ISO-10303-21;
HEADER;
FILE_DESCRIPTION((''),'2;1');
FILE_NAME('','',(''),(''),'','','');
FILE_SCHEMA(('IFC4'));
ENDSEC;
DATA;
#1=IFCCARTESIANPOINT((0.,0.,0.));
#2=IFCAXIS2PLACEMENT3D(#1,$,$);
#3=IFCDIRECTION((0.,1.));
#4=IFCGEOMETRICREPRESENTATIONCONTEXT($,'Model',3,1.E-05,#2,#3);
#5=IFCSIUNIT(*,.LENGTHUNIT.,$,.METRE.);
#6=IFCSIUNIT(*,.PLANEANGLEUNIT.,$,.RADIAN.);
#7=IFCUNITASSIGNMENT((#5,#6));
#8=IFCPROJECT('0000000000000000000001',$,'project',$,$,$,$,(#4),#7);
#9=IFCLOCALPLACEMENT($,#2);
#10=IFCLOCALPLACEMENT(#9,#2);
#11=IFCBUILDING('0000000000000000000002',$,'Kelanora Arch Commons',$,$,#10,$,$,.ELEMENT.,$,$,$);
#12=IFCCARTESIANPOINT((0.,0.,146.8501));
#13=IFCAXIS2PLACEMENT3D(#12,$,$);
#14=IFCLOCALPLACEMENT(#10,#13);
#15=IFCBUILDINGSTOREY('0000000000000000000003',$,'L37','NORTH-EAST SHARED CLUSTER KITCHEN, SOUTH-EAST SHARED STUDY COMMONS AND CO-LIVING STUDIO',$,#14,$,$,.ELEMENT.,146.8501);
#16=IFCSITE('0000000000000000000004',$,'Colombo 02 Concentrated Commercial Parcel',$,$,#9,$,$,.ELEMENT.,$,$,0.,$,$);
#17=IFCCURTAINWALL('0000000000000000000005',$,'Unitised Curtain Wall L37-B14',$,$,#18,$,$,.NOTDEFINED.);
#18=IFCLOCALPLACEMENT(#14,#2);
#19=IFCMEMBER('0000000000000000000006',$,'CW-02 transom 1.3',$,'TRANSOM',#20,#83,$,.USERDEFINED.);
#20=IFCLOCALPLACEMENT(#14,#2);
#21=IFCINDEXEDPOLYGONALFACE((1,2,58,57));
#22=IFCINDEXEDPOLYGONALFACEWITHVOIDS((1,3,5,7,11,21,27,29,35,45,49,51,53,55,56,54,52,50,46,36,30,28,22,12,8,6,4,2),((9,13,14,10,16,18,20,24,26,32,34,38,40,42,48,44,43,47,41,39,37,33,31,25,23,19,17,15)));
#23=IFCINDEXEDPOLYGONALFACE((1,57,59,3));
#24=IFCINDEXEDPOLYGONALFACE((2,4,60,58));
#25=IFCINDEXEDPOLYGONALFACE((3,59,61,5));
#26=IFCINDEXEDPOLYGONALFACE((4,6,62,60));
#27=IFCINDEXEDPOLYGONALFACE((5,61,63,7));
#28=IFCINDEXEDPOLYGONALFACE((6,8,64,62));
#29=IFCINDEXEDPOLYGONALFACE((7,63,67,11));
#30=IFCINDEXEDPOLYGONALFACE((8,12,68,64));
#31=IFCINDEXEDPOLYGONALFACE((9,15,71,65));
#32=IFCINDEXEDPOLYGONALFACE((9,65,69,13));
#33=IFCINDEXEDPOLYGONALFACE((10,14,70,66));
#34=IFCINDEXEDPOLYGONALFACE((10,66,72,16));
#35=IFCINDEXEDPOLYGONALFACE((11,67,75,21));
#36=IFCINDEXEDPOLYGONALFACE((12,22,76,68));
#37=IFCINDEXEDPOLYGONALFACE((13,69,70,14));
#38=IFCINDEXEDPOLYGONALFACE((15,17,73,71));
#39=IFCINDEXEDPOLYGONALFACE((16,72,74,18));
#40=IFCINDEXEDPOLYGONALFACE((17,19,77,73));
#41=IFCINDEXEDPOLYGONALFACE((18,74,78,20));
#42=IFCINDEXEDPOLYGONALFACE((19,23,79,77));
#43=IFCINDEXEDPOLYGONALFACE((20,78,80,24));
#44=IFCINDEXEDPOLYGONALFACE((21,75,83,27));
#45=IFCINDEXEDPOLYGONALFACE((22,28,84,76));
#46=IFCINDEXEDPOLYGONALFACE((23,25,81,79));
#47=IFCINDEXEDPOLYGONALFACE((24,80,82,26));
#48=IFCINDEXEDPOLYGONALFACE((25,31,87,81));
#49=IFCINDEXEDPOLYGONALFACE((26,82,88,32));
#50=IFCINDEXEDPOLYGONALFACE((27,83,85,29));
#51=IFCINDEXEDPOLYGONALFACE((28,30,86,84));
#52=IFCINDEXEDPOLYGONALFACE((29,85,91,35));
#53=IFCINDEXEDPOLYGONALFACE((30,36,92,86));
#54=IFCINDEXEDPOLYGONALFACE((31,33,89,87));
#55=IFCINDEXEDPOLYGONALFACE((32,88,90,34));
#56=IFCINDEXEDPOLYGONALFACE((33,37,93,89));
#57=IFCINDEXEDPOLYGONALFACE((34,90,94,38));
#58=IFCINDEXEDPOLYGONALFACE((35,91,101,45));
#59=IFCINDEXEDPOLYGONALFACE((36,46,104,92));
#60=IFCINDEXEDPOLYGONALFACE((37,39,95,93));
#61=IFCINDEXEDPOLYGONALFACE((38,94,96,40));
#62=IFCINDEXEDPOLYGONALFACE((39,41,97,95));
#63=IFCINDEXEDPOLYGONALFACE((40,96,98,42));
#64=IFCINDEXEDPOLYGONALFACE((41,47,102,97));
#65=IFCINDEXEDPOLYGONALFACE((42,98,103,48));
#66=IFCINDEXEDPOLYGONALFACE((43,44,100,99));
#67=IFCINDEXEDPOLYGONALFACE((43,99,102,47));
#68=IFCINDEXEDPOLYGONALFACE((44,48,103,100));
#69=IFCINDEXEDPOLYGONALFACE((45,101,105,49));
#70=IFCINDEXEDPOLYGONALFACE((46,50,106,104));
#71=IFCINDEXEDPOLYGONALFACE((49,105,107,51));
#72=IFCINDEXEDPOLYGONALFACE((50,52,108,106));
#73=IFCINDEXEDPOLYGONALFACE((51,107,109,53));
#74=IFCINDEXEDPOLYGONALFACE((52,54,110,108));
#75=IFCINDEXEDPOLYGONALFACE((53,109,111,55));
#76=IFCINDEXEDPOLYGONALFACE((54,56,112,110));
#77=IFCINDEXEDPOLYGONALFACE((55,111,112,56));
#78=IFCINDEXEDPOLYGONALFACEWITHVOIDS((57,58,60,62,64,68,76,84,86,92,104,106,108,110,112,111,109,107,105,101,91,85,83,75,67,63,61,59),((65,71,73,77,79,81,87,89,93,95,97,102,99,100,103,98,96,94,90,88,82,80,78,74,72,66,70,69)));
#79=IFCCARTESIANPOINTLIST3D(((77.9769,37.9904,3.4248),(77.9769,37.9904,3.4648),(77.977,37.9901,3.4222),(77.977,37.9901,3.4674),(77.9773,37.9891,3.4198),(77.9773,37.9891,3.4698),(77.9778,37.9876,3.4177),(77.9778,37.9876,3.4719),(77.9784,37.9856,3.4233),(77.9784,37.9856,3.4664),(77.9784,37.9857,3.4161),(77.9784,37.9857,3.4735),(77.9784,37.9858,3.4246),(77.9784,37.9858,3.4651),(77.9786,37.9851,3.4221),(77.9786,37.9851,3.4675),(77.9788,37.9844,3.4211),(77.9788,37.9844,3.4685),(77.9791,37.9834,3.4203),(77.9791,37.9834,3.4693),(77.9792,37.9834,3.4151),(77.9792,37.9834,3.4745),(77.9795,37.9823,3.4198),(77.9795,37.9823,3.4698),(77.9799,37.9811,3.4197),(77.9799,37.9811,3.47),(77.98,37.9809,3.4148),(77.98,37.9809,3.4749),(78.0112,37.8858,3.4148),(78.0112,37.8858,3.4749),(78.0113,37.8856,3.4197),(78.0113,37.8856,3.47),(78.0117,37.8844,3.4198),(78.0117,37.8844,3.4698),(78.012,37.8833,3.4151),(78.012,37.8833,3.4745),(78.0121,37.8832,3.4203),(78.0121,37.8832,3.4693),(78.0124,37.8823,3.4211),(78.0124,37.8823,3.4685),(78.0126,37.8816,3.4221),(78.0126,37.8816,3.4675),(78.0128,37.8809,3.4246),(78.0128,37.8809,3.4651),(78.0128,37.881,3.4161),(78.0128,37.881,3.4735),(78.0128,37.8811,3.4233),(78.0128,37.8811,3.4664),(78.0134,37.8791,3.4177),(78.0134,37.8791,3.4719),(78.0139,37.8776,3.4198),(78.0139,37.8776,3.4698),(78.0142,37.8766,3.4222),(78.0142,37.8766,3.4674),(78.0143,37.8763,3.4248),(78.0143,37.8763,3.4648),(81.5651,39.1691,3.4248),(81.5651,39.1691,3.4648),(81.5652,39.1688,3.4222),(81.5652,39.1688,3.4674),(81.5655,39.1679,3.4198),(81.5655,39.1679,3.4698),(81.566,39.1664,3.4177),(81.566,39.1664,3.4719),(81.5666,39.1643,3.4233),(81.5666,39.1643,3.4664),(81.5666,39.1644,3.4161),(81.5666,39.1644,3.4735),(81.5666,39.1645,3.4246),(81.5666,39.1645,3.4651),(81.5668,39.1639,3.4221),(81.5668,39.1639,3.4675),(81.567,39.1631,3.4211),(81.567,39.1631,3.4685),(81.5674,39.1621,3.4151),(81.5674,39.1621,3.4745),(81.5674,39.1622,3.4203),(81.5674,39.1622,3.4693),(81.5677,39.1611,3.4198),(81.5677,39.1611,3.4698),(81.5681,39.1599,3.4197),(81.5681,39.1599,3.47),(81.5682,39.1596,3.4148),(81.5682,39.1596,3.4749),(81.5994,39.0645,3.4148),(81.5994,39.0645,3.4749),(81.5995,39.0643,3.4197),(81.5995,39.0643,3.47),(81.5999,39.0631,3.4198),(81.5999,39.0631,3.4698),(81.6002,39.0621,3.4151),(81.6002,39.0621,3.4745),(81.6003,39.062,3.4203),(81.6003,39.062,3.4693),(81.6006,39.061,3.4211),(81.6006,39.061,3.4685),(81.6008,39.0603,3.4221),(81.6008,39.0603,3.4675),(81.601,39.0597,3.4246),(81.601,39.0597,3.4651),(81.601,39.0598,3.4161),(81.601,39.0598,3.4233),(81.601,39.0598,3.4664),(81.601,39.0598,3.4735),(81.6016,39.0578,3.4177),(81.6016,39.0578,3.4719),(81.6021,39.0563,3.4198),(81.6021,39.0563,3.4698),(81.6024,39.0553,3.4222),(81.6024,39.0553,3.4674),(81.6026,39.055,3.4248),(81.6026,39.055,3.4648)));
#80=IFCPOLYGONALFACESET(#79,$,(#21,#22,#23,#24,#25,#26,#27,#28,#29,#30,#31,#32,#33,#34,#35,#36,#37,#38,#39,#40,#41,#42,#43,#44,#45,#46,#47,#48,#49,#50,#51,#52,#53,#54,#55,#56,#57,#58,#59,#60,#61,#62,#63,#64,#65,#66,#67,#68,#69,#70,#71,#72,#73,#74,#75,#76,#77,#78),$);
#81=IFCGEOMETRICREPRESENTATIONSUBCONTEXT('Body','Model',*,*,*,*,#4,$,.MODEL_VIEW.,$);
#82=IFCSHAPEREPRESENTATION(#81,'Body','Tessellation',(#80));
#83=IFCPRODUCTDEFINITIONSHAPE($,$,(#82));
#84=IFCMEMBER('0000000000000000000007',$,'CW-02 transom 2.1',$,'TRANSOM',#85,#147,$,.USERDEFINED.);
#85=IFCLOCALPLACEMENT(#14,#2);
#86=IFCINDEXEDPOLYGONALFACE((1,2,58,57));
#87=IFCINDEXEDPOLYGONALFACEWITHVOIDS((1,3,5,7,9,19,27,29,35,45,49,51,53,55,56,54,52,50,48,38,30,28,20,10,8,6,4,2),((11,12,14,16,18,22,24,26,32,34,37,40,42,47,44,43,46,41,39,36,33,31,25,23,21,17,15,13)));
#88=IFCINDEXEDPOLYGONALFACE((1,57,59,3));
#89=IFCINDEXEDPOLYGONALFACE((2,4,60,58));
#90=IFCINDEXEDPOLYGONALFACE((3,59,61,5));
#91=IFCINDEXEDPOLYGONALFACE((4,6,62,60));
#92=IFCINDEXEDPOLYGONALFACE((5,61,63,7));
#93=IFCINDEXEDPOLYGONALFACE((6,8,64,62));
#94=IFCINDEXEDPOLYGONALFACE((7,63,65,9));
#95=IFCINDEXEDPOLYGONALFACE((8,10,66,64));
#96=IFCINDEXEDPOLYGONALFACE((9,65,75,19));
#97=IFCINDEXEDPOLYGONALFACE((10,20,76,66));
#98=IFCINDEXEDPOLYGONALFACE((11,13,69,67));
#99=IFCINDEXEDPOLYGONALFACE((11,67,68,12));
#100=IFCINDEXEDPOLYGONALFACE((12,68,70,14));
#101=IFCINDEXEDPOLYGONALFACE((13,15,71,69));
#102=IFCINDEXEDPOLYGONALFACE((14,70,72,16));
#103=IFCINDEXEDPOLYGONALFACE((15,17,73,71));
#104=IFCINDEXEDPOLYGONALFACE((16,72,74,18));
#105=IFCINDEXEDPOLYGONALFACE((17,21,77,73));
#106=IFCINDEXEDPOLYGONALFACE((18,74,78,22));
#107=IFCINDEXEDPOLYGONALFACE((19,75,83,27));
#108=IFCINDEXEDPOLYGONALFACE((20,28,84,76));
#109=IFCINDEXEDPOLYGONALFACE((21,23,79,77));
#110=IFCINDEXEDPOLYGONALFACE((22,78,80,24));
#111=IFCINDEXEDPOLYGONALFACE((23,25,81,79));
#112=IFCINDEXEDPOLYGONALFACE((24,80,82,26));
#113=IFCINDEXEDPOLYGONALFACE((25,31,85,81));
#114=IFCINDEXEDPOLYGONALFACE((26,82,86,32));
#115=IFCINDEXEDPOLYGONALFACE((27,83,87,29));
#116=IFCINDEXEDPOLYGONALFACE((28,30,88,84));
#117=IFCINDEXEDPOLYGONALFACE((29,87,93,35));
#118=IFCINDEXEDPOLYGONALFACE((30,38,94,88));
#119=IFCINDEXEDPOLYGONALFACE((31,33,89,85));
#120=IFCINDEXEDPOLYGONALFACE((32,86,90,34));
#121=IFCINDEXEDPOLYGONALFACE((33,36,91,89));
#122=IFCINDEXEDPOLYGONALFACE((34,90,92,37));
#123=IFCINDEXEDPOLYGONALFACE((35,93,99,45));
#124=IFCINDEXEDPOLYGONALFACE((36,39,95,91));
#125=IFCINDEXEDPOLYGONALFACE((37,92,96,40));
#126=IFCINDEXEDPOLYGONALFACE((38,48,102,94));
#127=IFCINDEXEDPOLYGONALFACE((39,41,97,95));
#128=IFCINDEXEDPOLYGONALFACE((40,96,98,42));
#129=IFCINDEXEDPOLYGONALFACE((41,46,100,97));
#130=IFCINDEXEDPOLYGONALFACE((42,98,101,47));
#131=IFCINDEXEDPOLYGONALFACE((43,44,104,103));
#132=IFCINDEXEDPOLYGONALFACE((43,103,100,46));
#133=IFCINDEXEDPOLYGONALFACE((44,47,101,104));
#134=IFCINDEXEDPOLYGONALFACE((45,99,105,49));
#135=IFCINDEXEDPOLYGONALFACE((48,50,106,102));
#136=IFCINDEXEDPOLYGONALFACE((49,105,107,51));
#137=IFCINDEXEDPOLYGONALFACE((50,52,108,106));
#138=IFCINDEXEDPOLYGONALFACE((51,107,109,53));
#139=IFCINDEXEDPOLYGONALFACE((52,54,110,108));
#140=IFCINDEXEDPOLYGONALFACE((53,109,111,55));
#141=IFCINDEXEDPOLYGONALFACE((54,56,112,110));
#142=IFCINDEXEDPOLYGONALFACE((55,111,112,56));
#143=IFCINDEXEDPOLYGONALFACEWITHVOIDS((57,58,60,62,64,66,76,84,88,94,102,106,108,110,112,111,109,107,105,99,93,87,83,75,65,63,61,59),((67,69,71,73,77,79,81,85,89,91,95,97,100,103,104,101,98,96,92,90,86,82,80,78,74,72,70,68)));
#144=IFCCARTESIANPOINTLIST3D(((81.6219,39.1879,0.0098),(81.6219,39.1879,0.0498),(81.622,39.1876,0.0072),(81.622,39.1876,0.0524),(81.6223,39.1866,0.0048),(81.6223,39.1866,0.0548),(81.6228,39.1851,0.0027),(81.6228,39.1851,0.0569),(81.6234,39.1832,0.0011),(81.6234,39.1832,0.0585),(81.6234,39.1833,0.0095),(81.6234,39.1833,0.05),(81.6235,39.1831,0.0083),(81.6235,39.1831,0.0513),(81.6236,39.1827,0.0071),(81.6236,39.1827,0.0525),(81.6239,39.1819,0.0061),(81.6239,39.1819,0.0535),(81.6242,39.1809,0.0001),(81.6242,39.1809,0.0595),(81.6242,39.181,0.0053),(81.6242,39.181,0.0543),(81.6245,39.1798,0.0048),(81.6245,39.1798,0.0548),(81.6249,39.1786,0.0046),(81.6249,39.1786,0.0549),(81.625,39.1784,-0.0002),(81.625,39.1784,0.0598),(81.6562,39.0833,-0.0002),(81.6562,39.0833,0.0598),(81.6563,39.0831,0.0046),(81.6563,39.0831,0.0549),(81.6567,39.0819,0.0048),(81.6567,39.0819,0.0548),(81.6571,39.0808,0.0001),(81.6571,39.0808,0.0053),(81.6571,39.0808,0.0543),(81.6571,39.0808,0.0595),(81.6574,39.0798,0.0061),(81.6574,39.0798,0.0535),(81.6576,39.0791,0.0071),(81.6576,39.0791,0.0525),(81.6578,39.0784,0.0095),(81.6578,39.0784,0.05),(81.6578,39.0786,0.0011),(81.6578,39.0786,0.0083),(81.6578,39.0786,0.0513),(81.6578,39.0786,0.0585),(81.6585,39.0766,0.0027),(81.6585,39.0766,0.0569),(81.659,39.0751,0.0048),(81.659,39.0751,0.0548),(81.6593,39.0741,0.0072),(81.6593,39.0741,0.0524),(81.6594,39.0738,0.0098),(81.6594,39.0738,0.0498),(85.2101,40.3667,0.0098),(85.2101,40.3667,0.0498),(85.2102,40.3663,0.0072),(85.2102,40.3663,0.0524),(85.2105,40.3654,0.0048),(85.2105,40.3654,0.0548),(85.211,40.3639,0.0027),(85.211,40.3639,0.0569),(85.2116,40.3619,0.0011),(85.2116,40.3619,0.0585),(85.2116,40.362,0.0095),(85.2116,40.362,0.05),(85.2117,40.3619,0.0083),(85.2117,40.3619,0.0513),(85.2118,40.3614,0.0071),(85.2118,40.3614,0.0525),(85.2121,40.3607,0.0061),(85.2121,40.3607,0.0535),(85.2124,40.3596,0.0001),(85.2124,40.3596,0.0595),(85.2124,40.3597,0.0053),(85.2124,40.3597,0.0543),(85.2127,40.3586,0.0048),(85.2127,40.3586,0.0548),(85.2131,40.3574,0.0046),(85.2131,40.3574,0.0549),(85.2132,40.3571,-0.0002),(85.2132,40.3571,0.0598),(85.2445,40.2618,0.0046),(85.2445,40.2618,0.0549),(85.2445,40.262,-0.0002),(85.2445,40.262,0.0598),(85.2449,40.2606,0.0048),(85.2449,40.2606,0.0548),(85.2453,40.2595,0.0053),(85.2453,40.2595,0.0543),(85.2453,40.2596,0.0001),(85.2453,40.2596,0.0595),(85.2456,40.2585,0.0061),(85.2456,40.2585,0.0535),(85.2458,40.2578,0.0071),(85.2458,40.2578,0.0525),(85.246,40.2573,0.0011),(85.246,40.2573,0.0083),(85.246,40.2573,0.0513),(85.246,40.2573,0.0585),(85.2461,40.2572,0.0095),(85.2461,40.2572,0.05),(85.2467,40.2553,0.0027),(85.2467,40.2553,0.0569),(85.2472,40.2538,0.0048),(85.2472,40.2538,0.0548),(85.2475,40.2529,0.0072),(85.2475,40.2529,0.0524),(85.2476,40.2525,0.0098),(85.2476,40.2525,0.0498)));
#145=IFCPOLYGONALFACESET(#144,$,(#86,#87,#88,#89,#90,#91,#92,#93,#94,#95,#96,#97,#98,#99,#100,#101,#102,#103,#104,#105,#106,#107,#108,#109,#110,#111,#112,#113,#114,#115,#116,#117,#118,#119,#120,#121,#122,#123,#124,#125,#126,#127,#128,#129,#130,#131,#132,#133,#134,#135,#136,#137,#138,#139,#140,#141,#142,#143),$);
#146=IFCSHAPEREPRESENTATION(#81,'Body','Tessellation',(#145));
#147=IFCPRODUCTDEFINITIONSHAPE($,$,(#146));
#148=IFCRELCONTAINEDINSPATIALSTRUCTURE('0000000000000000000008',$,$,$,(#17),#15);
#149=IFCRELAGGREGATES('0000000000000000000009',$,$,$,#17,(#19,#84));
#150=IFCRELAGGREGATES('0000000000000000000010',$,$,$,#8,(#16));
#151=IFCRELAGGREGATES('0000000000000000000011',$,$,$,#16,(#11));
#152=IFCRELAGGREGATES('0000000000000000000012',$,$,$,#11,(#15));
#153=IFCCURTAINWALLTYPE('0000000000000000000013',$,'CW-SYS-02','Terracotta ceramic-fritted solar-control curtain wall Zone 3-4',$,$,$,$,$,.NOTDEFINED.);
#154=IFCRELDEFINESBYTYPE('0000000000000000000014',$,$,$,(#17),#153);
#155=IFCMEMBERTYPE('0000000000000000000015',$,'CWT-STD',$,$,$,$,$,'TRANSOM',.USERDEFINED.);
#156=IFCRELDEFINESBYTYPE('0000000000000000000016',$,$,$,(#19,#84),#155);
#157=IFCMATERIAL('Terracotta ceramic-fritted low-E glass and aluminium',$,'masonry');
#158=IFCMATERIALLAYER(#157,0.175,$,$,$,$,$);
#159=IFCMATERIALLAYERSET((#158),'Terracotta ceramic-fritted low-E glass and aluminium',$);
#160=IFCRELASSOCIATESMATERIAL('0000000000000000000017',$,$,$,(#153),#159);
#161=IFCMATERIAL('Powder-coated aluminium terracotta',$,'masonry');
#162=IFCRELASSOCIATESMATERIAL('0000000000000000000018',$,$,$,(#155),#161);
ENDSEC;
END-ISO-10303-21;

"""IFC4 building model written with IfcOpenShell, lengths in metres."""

from ifc_helpers import new_model, si_unit, direction, frame, origin, origin_2d, place, context, subcontext, project, spatial, hollow_rectangle, extrude, material, layer, layer_set, material_profile, profile_set, type_object, element, aggregate, save


model = new_model("IFC4")

# Units and contexts
model_context = context("Model", 3, precision=1e-05, world=origin(), true_north=direction((0.0, 1.0)))
body_context = subcontext(model_context, "Body", "Model", "MODEL_VIEW")
ifc_project = project(units=[si_unit("LENGTHUNIT", "METRE"), si_unit("PLANEANGLEUNIT", "RADIAN")], contexts=[model_context])

# Site, building, storey
site_placement = place(None, origin())
site = spatial("IfcSite", under=ifc_project, at=site_placement, Name="Colombo 02 Concentrated Commercial Parcel", CompositionType="ELEMENT", RefElevation=0.0)
building_placement = place(site_placement, origin())
building = spatial("IfcBuilding", under=site, at=building_placement, Name="Kelanora Arch Commons", CompositionType="ELEMENT")
storey_placement = place(building_placement, frame((0.0, 0.0, 146.8501)))
storey = spatial("IfcBuildingStorey", under=building, at=storey_placement, Name="L37", Description="NORTH-EAST SHARED CLUSTER KITCHEN, SOUTH-EAST SHARED STUDY COMMONS AND CO-LIVING STUDIO", CompositionType="ELEMENT", Elevation=146.8501)

# Curtain wall, members
ifc_material_1 = material(Name="Terracotta ceramic-fritted low-E glass and aluminium", Category="masonry")
ifc_layer_1 = layer(ifc_material_1, 0.175)
ifc_layer_set_1 = layer_set([ifc_layer_1], Name="Terracotta ceramic-fritted low-E glass and aluminium")
curtain_wall_type = type_object("IfcCurtainWallType", Name="CW-SYS-02", Description="Terracotta ceramic-fritted solar-control curtain wall Zone 3-4", PredefinedType="NOTDEFINED", material=ifc_layer_set_1)
curtain_wall_placement = place(storey_placement, origin())
curtain_wall = element("IfcCurtainWall", 1, at=curtain_wall_placement, inside=storey, type_object=curtain_wall_type, Name="Unitised Curtain Wall L37-B14", PredefinedType="NOTDEFINED")
ifc_material_2 = material(Name="Powder-coated aluminium terracotta", Category="masonry")
ifc_material_profile_1 = material_profile(ifc_material_2, hollow_rectangle(XDim=0.1201, YDim=0.0601, WallThickness=0.0049, InnerFilletRadius=0.0049, OuterFilletRadius=0.01, at=origin_2d()), Name="CWT120x60")
ifc_profile_set_1 = profile_set([ifc_material_profile_1], Name="Powder-coated aluminium terracotta")
member_type_1 = type_object("IfcMemberType", Name="CWT-STD", ElementType="TRANSOM", PredefinedType="USERDEFINED", material=ifc_profile_set_1)
member_1_placement = place(storey_placement, frame((77.9956, 37.9333, 3.4448), z_axis=(0.950051, 0.312094, 0.0), x_axis=(-0.312094, 0.950051, 0.0)))
member_1 = element("IfcMember", 2, at=member_1_placement, type_object=member_type_1, Name="CW-02 transom 1.3", ObjectType="TRANSOM", PredefinedType="USERDEFINED", context=body_context, shape_type="SweptSolid", body=[
    extrude(hollow_rectangle(XDim=0.1201, YDim=0.0601, WallThickness=0.0049, InnerFilletRadius=0.0049, OuterFilletRadius=0.01, at=origin_2d()), origin(), (0.0, 0.0, 1.0), 3.7769),
])
member_2_placement = place(storey_placement, frame((81.6406, 39.1309, 0.0298), z_axis=(0.950051, 0.312094, 0.0), x_axis=(-0.312094, 0.950051, 0.0)))
member_2 = element("IfcMember", 3, at=member_2_placement, type_object=member_type_1, Name="CW-02 transom 2.1", ObjectType="TRANSOM", PredefinedType="USERDEFINED", context=body_context, shape_type="SweptSolid", body=[
    extrude(hollow_rectangle(XDim=0.1201, YDim=0.0601, WallThickness=0.0049, InnerFilletRadius=0.0049, OuterFilletRadius=0.01, at=origin_2d()), origin(), (0.0, 0.0, 1.0), 3.7769),
])
aggregate(curtain_wall, [member_1, member_2])

save(model, "model.ifc")
